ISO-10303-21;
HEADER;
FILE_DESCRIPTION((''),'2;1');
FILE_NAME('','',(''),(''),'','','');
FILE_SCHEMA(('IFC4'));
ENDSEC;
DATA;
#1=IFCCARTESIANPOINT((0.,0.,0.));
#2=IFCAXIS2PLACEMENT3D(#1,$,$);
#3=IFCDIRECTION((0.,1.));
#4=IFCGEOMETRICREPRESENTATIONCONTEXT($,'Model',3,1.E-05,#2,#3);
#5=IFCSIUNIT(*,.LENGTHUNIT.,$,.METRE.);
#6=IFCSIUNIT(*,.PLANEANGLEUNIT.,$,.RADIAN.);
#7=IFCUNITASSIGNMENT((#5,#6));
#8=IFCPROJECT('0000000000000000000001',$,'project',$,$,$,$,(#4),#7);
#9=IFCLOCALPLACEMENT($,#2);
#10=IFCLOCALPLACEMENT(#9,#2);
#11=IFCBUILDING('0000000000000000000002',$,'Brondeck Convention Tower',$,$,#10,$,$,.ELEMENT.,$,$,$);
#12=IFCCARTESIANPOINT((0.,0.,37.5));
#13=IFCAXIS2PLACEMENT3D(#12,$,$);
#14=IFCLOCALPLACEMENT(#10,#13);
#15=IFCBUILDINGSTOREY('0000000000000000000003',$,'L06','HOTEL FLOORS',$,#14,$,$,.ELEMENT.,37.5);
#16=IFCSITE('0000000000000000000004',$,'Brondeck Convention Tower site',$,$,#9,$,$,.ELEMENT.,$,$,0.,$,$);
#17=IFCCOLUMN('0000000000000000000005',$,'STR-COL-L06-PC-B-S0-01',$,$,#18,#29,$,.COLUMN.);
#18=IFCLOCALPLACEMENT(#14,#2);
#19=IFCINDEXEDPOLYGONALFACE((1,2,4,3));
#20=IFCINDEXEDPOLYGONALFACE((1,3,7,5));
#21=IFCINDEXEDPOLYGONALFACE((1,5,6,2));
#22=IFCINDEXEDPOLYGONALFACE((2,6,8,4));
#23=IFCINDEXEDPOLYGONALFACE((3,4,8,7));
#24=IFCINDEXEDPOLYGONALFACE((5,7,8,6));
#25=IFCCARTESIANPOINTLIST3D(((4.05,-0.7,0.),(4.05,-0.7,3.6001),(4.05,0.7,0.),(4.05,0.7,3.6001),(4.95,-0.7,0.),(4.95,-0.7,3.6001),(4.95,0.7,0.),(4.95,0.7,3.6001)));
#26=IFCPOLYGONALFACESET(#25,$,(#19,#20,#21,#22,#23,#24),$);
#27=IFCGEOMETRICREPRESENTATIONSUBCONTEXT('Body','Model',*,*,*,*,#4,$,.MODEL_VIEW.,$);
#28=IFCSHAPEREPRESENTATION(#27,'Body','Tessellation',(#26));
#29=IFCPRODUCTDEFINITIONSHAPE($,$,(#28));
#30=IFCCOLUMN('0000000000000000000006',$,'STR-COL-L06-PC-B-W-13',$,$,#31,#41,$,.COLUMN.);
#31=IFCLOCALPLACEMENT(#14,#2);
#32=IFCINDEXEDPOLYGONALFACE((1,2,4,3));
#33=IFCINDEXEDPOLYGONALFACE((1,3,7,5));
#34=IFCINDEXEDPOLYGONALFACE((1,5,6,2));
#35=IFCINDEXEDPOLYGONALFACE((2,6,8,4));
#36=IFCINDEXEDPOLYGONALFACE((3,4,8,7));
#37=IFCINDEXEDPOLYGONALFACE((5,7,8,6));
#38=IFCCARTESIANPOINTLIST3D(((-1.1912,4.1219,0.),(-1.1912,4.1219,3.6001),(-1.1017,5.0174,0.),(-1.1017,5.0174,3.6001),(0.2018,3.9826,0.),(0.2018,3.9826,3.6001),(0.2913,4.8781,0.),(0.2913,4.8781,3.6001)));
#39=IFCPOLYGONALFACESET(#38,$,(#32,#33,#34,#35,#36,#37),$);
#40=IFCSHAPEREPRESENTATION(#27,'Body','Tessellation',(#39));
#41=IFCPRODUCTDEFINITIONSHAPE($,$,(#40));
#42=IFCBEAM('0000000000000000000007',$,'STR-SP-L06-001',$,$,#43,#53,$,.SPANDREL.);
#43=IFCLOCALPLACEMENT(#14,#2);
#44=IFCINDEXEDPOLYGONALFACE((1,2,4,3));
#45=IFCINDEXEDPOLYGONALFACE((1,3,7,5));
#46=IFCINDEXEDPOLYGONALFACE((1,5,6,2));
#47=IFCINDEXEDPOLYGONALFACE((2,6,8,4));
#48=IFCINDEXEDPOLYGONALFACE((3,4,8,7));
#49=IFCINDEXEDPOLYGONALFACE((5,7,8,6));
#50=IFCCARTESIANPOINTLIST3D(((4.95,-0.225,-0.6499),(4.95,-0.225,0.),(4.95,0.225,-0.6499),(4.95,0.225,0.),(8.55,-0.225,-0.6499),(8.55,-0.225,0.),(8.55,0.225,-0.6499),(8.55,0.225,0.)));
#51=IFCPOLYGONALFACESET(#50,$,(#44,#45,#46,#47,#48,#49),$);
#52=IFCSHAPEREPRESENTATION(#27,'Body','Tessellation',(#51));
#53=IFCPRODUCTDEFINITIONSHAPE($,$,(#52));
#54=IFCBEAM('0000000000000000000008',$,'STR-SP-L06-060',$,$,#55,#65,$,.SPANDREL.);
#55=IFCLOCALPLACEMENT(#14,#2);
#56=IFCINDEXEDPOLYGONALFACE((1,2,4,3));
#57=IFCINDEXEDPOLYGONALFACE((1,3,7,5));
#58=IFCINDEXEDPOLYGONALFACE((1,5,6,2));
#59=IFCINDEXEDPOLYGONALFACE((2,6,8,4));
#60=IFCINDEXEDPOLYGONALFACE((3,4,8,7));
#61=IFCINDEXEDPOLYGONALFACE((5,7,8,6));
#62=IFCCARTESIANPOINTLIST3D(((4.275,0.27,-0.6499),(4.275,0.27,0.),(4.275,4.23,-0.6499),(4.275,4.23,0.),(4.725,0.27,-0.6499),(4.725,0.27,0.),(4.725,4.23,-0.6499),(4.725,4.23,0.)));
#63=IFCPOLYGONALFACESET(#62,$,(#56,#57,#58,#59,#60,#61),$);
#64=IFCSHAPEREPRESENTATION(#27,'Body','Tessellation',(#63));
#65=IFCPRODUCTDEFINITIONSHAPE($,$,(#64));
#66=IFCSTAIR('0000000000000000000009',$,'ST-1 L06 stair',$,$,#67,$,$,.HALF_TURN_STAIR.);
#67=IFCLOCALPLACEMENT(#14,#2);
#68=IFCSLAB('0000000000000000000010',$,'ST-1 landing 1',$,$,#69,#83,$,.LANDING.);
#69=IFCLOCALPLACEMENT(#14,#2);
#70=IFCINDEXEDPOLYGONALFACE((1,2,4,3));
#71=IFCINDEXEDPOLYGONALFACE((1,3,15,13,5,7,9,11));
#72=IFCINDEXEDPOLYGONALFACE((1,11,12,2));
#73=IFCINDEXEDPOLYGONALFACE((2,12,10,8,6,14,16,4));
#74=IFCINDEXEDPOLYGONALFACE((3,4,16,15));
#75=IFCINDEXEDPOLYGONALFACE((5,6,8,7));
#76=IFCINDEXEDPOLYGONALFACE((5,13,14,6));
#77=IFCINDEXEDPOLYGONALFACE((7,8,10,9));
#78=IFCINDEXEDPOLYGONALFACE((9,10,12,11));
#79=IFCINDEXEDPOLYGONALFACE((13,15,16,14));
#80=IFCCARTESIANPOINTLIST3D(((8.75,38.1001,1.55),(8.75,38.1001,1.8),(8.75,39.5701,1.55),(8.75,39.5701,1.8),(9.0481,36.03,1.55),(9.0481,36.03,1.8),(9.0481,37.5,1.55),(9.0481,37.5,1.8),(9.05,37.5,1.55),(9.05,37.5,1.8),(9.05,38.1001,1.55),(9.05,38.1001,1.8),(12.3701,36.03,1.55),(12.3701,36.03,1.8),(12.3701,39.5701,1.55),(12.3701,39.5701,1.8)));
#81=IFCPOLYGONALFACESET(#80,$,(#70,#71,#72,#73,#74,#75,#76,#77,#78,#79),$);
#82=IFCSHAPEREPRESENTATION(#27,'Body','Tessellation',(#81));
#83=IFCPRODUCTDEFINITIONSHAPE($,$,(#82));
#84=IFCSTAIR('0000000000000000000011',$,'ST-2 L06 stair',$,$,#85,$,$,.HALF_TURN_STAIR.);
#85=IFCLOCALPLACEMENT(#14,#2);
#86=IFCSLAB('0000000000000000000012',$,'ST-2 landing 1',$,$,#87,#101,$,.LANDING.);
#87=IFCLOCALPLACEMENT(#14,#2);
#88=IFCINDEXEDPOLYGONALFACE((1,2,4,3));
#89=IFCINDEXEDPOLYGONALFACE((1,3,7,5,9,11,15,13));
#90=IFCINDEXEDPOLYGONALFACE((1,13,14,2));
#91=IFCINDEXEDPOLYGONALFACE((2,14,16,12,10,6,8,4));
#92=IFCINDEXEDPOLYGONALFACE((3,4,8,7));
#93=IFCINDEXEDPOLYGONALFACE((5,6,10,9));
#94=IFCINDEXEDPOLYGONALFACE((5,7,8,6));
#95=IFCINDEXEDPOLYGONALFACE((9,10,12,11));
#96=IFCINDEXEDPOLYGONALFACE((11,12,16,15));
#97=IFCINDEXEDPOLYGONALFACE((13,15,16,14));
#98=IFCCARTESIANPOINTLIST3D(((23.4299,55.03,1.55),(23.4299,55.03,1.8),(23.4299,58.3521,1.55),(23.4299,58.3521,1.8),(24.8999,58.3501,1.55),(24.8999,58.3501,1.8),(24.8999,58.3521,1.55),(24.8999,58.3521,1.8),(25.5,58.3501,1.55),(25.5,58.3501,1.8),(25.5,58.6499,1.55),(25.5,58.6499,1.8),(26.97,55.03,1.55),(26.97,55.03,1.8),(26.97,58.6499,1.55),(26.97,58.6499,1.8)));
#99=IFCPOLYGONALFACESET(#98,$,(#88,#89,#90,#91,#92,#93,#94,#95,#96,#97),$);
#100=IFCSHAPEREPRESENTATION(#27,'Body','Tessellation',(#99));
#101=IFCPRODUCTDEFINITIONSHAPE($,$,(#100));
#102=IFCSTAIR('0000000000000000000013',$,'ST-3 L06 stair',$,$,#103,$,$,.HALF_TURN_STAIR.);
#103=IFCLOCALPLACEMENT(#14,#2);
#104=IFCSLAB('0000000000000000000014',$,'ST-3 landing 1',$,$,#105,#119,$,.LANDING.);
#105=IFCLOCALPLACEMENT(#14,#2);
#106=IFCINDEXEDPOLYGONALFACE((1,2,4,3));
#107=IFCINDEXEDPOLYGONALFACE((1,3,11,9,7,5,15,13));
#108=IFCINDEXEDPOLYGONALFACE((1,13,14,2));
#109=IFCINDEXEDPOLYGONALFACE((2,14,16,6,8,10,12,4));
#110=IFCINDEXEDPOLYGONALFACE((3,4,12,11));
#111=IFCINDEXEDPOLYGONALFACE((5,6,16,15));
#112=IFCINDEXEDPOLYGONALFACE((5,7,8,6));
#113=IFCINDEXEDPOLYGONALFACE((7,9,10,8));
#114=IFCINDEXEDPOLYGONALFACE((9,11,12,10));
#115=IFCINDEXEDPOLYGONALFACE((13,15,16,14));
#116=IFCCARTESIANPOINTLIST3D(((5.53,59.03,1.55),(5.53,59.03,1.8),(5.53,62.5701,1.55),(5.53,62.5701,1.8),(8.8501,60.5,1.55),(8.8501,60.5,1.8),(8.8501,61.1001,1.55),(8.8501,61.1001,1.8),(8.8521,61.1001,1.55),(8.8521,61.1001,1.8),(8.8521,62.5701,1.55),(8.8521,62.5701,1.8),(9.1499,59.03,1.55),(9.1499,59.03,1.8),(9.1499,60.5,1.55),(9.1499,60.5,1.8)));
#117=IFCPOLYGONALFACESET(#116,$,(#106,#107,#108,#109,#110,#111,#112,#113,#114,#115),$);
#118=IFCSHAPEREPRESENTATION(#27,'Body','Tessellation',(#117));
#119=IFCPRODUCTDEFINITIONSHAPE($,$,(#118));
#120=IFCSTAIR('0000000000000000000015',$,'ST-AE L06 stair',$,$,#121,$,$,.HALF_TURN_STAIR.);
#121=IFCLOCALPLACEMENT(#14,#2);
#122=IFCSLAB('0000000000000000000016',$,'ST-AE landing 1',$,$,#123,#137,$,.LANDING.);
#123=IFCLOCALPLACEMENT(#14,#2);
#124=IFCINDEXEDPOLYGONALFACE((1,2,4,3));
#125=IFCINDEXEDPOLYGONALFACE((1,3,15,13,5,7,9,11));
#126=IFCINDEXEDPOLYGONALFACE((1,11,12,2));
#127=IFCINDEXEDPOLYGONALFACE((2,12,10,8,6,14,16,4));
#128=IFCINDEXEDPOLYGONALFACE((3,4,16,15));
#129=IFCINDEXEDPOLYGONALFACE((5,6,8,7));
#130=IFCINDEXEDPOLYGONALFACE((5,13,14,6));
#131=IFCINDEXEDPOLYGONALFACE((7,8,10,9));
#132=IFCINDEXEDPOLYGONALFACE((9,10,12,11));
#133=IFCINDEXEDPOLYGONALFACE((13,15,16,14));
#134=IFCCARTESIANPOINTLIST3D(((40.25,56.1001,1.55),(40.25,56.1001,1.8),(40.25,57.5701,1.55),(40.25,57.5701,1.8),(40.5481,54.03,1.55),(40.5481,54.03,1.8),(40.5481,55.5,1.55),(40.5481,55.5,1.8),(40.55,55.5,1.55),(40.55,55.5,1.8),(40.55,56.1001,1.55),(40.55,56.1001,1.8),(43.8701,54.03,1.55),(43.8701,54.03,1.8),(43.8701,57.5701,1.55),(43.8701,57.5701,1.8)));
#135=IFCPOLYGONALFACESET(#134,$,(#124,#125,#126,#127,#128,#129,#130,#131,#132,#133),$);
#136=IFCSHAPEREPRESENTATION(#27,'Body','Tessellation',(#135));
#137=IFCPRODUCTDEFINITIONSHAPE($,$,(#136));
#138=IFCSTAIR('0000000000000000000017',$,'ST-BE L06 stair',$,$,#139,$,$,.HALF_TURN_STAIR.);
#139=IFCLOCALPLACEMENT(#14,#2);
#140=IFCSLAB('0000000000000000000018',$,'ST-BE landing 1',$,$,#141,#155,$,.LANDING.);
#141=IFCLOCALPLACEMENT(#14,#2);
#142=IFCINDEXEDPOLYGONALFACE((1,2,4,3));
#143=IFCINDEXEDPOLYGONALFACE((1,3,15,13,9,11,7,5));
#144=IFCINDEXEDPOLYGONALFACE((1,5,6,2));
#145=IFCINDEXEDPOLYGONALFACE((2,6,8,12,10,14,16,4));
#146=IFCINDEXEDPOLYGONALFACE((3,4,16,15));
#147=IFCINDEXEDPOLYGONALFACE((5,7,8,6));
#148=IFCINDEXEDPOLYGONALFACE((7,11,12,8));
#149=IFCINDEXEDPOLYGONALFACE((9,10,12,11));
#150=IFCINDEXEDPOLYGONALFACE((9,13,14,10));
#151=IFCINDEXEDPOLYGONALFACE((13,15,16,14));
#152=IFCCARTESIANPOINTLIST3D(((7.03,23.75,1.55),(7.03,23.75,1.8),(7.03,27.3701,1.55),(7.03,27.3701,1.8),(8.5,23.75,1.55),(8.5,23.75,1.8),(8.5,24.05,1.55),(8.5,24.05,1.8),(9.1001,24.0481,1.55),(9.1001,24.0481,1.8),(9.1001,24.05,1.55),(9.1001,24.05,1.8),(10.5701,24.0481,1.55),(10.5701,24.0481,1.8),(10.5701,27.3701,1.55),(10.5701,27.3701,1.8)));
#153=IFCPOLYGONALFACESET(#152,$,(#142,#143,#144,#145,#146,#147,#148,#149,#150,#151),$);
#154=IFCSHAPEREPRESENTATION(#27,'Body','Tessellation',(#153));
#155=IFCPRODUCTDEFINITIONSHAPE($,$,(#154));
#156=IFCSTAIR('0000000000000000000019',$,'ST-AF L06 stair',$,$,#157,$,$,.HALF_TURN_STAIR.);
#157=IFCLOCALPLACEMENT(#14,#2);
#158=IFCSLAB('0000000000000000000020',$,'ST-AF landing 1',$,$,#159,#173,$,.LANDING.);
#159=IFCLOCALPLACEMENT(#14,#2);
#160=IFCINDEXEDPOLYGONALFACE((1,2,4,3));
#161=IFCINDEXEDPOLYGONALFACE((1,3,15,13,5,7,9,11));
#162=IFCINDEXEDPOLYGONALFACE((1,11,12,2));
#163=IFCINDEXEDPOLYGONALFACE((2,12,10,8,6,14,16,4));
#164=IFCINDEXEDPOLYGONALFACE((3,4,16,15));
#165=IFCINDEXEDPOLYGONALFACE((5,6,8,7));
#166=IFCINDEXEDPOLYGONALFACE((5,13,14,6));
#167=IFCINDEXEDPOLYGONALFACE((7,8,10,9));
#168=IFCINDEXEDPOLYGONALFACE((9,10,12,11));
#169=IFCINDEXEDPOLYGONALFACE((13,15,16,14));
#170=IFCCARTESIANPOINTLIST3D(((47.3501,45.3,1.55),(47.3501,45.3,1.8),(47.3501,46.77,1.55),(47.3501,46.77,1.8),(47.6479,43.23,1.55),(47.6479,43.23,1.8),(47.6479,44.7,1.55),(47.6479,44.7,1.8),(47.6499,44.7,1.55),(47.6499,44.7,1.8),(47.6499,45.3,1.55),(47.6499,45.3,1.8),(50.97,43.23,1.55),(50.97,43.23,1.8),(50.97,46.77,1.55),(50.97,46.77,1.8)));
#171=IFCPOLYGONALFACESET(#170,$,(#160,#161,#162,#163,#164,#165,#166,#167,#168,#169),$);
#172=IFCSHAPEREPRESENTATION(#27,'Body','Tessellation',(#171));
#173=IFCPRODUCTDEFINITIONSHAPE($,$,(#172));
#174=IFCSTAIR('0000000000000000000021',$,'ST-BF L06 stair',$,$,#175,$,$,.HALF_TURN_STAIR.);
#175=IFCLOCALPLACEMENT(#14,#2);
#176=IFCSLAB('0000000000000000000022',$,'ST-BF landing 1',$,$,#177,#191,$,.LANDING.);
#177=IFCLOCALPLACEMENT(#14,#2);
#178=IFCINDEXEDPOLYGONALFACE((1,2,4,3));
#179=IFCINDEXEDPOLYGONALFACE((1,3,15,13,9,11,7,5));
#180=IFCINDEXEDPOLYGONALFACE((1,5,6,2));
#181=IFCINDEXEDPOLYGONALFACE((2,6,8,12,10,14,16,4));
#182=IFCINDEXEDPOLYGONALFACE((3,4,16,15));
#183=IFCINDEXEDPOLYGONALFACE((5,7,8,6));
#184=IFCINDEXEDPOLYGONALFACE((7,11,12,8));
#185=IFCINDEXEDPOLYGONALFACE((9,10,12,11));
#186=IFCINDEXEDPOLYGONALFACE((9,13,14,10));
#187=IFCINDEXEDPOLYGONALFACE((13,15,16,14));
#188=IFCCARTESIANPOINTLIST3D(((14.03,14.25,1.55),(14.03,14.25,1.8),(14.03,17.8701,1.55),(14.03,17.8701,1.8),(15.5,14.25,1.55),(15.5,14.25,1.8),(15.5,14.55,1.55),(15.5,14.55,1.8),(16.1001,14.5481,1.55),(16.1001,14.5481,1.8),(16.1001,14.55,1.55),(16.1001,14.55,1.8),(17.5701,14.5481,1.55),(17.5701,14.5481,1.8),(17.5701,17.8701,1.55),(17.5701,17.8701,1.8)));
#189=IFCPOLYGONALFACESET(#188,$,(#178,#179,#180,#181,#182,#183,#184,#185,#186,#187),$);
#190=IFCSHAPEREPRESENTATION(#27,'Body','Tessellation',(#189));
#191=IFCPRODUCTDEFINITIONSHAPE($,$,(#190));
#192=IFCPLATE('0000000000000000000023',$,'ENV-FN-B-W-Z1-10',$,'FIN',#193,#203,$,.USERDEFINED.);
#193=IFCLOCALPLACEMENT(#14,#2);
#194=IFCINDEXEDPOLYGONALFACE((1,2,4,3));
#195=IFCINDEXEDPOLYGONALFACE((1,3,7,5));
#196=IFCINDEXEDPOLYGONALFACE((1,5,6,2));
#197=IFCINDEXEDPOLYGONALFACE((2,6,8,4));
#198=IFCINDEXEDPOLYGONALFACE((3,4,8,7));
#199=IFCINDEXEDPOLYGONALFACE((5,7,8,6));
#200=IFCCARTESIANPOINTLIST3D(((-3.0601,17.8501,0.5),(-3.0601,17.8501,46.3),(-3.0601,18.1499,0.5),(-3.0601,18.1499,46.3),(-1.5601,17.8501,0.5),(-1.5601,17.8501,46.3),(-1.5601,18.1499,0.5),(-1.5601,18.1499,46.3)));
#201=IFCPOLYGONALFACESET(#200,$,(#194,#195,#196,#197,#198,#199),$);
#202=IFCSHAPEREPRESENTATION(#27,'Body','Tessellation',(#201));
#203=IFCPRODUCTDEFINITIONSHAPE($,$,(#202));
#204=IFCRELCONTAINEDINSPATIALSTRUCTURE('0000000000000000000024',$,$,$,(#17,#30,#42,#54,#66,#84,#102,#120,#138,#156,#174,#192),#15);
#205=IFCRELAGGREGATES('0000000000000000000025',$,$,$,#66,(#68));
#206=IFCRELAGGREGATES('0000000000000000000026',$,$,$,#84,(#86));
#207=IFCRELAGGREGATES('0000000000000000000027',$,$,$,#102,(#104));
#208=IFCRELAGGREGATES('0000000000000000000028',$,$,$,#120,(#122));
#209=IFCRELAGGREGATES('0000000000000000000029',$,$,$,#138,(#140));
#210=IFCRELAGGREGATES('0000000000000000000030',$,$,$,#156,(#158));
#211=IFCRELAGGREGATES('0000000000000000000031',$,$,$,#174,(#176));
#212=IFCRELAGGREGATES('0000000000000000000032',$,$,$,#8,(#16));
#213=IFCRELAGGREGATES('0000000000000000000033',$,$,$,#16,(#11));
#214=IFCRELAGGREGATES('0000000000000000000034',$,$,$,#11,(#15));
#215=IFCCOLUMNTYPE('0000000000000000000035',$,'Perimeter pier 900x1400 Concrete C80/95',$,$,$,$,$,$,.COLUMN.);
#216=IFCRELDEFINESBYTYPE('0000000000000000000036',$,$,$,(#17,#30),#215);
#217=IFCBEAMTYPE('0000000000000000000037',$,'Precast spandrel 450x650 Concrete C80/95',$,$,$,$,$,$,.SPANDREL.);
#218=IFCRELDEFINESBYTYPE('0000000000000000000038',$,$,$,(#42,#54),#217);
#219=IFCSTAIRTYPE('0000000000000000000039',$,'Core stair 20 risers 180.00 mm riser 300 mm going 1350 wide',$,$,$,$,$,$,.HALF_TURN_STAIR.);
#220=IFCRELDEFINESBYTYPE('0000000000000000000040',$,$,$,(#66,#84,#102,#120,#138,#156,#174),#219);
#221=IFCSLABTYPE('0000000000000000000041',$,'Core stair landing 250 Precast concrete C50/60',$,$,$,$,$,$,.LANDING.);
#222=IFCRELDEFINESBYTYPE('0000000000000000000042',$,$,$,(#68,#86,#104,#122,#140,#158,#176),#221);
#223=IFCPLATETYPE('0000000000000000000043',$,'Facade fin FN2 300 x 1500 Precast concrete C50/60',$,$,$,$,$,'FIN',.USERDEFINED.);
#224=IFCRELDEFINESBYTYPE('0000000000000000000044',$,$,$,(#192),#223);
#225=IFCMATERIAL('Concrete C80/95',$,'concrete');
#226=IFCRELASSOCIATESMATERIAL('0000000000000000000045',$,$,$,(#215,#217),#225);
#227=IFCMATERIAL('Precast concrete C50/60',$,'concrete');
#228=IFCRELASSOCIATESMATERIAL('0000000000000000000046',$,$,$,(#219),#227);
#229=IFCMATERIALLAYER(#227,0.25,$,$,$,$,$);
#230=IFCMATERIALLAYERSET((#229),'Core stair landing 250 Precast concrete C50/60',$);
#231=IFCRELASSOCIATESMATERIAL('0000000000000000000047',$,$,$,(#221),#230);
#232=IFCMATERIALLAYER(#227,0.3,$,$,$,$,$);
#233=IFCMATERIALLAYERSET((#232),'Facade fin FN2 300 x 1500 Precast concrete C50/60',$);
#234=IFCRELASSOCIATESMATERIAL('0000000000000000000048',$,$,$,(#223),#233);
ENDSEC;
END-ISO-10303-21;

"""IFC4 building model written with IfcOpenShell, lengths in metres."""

from ifc_helpers import new_model, si_unit, direction, frame, origin, origin_2d, place, context, subcontext, project, spatial, polyline, rectangle, outline, extrude, material, layer, layer_set, material_profile, profile_set, type_object, element, aggregate, save


model = new_model("IFC4")

# Units and contexts
model_context = context("Model", 3, precision=1e-05, world=origin(), true_north=direction((0.0, 1.0)))
body_context = subcontext(model_context, "Body", "Model", "MODEL_VIEW")
ifc_project = project(units=[si_unit("LENGTHUNIT", "METRE"), si_unit("PLANEANGLEUNIT", "RADIAN")], contexts=[model_context])

# Site, building, storey
site_placement = place(None, origin())
site = spatial("IfcSite", under=ifc_project, at=site_placement, Name="Brondeck Convention Tower site", CompositionType="ELEMENT", RefElevation=0.0)
building_placement = place(site_placement, origin())
building = spatial("IfcBuilding", under=site, at=building_placement, Name="Brondeck Convention Tower", CompositionType="ELEMENT")
storey_placement = place(building_placement, frame((0.0, 0.0, 37.5)))
storey = spatial("IfcBuildingStorey", under=building, at=storey_placement, Name="L06", Description="HOTEL FLOORS", CompositionType="ELEMENT", Elevation=37.5)

# Columns
ifc_material_1 = material(Name="Concrete C80/95", Category="concrete")
ifc_material_profile_1 = material_profile(ifc_material_1, rectangle(XDim=0.8999, YDim=1.3999, at=origin_2d()), Name="Perimeter pier 900x1400 Concrete C80/95")
ifc_profile_set_1 = profile_set([ifc_material_profile_1], Name="Concrete C80/95")
column_type = type_object("IfcColumnType", Name="Perimeter pier 900x1400 Concrete C80/95", PredefinedType="COLUMN", material=ifc_profile_set_1)
for number, where, z_axis, x_axis, name in (
    (1, (4.5, 0.0, 0.0), (0.0, 0.0, 1.0), (1.0, 0.0, 0.0), "STR-COL-L06-PC-B-S0-01"),
    (2, (-0.45, 4.5, 0.0), (0.0, 0.0, 1.0), (-0.099504, -0.995037, 0.0), "STR-COL-L06-PC-B-W-13"),
):
    element("IfcColumn", number, at=place(storey_placement, frame(where, z_axis=z_axis, x_axis=x_axis)), inside=storey, type_object=column_type, Name=name, PredefinedType="COLUMN", context=body_context, shape_type="SweptSolid", body=[
        extrude(rectangle(XDim=0.8999, YDim=1.3999, at=origin_2d()), origin(), (0.0, 0.0, 1.0), 3.6001),
    ])

# Beams
ifc_material_profile_2 = material_profile(ifc_material_1, rectangle(XDim=0.45, YDim=0.6499, at=origin_2d()), Name="Precast spandrel 450x650 Concrete C80/95")
ifc_profile_set_2 = profile_set([ifc_material_profile_2], Name="Concrete C80/95")
beam_type = type_object("IfcBeamType", Name="Precast spandrel 450x650 Concrete C80/95", PredefinedType="SPANDREL", material=ifc_profile_set_2)
beam_1_placement = place(storey_placement, frame((4.95, 0.0, -0.325), z_axis=(1.0, 0.0, 0.0), x_axis=(0.0, 1.0, 0.0)))
element("IfcBeam", 3, at=beam_1_placement, inside=storey, type_object=beam_type, Name="STR-SP-L06-001", PredefinedType="SPANDREL", context=body_context, shape_type="SweptSolid", body=[
    extrude(rectangle(XDim=0.45, YDim=0.6499, at=origin_2d()), origin(), (0.0, 0.0, 1.0), 3.6001),
])
beam_2_placement = place(storey_placement, frame((4.5, 4.23, -0.325), z_axis=(0.0, -1.0, 0.0), x_axis=(1.0, 0.0, 0.0)))
element("IfcBeam", 4, at=beam_2_placement, inside=storey, type_object=beam_type, Name="STR-SP-L06-060", PredefinedType="SPANDREL", context=body_context, shape_type="SweptSolid", body=[
    extrude(rectangle(XDim=0.45, YDim=0.6499, at=origin_2d()), origin(), (0.0, 0.0, 1.0), 3.96),
])

# Stairs, slabs
ifc_material_2 = material(Name="Precast concrete C50/60", Category="concrete")
stair_type = type_object("IfcStairType", Name="Core stair 20 risers 180.00 mm riser 300 mm going 1350 wide", PredefinedType="HALF_TURN_STAIR", material=ifc_material_2)
stair_1_placement = place(storey_placement, origin())
stair_1 = element("IfcStair", 5, at=stair_1_placement, inside=storey, type_object=stair_type, Name="ST-1 L06 stair", PredefinedType="HALF_TURN_STAIR")
ifc_layer_1 = layer(ifc_material_2, 0.25)
ifc_layer_set_1 = layer_set([ifc_layer_1], Name="Core stair landing 250 Precast concrete C50/60")
slab_type = type_object("IfcSlabType", Name="Core stair landing 250 Precast concrete C50/60", PredefinedType="LANDING", material=ifc_layer_set_1)
slab_1_placement = place(storey_placement, frame((0.0, 0.0, 1.55)))
slab_1 = element("IfcSlab", 6, at=slab_1_placement, type_object=slab_type, Name="ST-1 landing 1", PredefinedType="LANDING", context=body_context, shape_type="SweptSolid", body=[
    extrude(outline(polyline([(9.0481, 37.5), (9.05, 37.5), (9.05, 38.1001), (8.75, 38.1001), (8.75, 39.5701), (12.3701, 39.5701), (12.3701, 36.03), (9.0481, 36.03), (9.0481, 37.5)])), origin(), (0.0, 0.0, 1.0), 0.25),
])
aggregate(stair_1, [slab_1])
stair_2_placement = place(storey_placement, origin())
stair_2 = element("IfcStair", 7, at=stair_2_placement, inside=storey, type_object=stair_type, Name="ST-2 L06 stair", PredefinedType="HALF_TURN_STAIR")
slab_2_placement = place(storey_placement, frame((0.0, 0.0, 1.55)))
slab_2 = element("IfcSlab", 8, at=slab_2_placement, type_object=slab_type, Name="ST-2 landing 1", PredefinedType="LANDING", context=body_context, shape_type="SweptSolid", body=[
    extrude(outline(polyline([(23.4299, 58.3521), (24.8999, 58.3521), (24.8999, 58.3501), (25.5, 58.3501), (25.5, 58.6499), (26.97, 58.6499), (26.97, 55.03), (23.4299, 55.03), (23.4299, 58.3521)])), origin(), (0.0, 0.0, 1.0), 0.25),
])
aggregate(stair_2, [slab_2])
stair_3_placement = place(storey_placement, origin())
stair_3 = element("IfcStair", 9, at=stair_3_placement, inside=storey, type_object=stair_type, Name="ST-3 L06 stair", PredefinedType="HALF_TURN_STAIR")
slab_3_placement = place(storey_placement, frame((0.0, 0.0, 1.55)))
slab_3 = element("IfcSlab", 10, at=slab_3_placement, type_object=slab_type, Name="ST-3 landing 1", PredefinedType="LANDING", context=body_context, shape_type="SweptSolid", body=[
    extrude(outline(polyline([(9.1499, 60.5), (9.1499, 59.03), (5.53, 59.03), (5.53, 62.5701), (8.8521, 62.5701), (8.8521, 61.1001), (8.8501, 61.1001), (8.8501, 60.5), (9.1499, 60.5)])), origin(), (0.0, 0.0, 1.0), 0.25),
])
aggregate(stair_3, [slab_3])
stair_4_placement = place(storey_placement, origin())
stair_4 = element("IfcStair", 11, at=stair_4_placement, inside=storey, type_object=stair_type, Name="ST-AE L06 stair", PredefinedType="HALF_TURN_STAIR")
slab_4_placement = place(storey_placement, frame((0.0, 0.0, 1.55)))
slab_4 = element("IfcSlab", 12, at=slab_4_placement, type_object=slab_type, Name="ST-AE landing 1", PredefinedType="LANDING", context=body_context, shape_type="SweptSolid", body=[
    extrude(outline(polyline([(40.5481, 55.5), (40.55, 55.5), (40.55, 56.1001), (40.25, 56.1001), (40.25, 57.5701), (43.8701, 57.5701), (43.8701, 54.03), (40.5481, 54.03), (40.5481, 55.5)])), origin(), (0.0, 0.0, 1.0), 0.25),
])
aggregate(stair_4, [slab_4])
stair_5_placement = place(storey_placement, origin())
stair_5 = element("IfcStair", 13, at=stair_5_placement, inside=storey, type_object=stair_type, Name="ST-BE L06 stair", PredefinedType="HALF_TURN_STAIR")
slab_5_placement = place(storey_placement, frame((0.0, 0.0, 1.55)))
slab_5 = element("IfcSlab", 14, at=slab_5_placement, type_object=slab_type, Name="ST-BE landing 1", PredefinedType="LANDING", context=body_context, shape_type="SweptSolid", body=[
    extrude(outline(polyline([(7.03, 23.75), (7.03, 27.3701), (10.5701, 27.3701), (10.5701, 24.0481), (9.1001, 24.0481), (9.1001, 24.05), (8.5, 24.05), (8.5, 23.75), (7.03, 23.75)])), origin(), (0.0, 0.0, 1.0), 0.25),
])
aggregate(stair_5, [slab_5])
stair_6_placement = place(storey_placement, origin())
stair_6 = element("IfcStair", 15, at=stair_6_placement, inside=storey, type_object=stair_type, Name="ST-AF L06 stair", PredefinedType="HALF_TURN_STAIR")
slab_6_placement = place(storey_placement, frame((0.0, 0.0, 1.55)))
slab_6 = element("IfcSlab", 16, at=slab_6_placement, type_object=slab_type, Name="ST-AF landing 1", PredefinedType="LANDING", context=body_context, shape_type="SweptSolid", body=[
    extrude(outline(polyline([(47.6479, 44.7), (47.6499, 44.7), (47.6499, 45.3), (47.3501, 45.3), (47.3501, 46.77), (50.97, 46.77), (50.97, 43.23), (47.6479, 43.23), (47.6479, 44.7)])), origin(), (0.0, 0.0, 1.0), 0.25),
])
aggregate(stair_6, [slab_6])
stair_7_placement = place(storey_placement, origin())
stair_7 = element("IfcStair", 17, at=stair_7_placement, inside=storey, type_object=stair_type, Name="ST-BF L06 stair", PredefinedType="HALF_TURN_STAIR")
slab_7_placement = place(storey_placement, frame((0.0, 0.0, 1.55)))
slab_7 = element("IfcSlab", 18, at=slab_7_placement, type_object=slab_type, Name="ST-BF landing 1", PredefinedType="LANDING", context=body_context, shape_type="SweptSolid", body=[
    extrude(outline(polyline([(14.03, 14.25), (14.03, 17.8701), (17.5701, 17.8701), (17.5701, 14.5481), (16.1001, 14.5481), (16.1001, 14.55), (15.5, 14.55), (15.5, 14.25), (14.03, 14.25)])), origin(), (0.0, 0.0, 1.0), 0.25),
])
aggregate(stair_7, [slab_7])

# Plate
ifc_layer_2 = layer(ifc_material_2, 0.3)
ifc_layer_set_2 = layer_set([ifc_layer_2], Name="Facade fin FN2 300 x 1500 Precast concrete C50/60")
plate_type_1 = type_object("IfcPlateType", Name="Facade fin FN2 300 x 1500 Precast concrete C50/60", ElementType="FIN", PredefinedType="USERDEFINED", material=ifc_layer_set_2)
plate_1_placement = place(storey_placement, frame((0.0, 0.0, 0.5)))
element("IfcPlate", 19, at=plate_1_placement, inside=storey, type_object=plate_type_1, Name="ENV-FN-B-W-Z1-10", ObjectType="FIN", PredefinedType="USERDEFINED", context=body_context, shape_type="SweptSolid", body=[
    extrude(outline(polyline([(-3.0601, 17.8501), (-1.5601, 17.8501), (-1.5601, 18.1499), (-3.0601, 18.1499), (-3.0601, 17.8501)])), origin(), (0.0, 0.0, 1.0), 45.8),
])

save(model, "model.ifc")
